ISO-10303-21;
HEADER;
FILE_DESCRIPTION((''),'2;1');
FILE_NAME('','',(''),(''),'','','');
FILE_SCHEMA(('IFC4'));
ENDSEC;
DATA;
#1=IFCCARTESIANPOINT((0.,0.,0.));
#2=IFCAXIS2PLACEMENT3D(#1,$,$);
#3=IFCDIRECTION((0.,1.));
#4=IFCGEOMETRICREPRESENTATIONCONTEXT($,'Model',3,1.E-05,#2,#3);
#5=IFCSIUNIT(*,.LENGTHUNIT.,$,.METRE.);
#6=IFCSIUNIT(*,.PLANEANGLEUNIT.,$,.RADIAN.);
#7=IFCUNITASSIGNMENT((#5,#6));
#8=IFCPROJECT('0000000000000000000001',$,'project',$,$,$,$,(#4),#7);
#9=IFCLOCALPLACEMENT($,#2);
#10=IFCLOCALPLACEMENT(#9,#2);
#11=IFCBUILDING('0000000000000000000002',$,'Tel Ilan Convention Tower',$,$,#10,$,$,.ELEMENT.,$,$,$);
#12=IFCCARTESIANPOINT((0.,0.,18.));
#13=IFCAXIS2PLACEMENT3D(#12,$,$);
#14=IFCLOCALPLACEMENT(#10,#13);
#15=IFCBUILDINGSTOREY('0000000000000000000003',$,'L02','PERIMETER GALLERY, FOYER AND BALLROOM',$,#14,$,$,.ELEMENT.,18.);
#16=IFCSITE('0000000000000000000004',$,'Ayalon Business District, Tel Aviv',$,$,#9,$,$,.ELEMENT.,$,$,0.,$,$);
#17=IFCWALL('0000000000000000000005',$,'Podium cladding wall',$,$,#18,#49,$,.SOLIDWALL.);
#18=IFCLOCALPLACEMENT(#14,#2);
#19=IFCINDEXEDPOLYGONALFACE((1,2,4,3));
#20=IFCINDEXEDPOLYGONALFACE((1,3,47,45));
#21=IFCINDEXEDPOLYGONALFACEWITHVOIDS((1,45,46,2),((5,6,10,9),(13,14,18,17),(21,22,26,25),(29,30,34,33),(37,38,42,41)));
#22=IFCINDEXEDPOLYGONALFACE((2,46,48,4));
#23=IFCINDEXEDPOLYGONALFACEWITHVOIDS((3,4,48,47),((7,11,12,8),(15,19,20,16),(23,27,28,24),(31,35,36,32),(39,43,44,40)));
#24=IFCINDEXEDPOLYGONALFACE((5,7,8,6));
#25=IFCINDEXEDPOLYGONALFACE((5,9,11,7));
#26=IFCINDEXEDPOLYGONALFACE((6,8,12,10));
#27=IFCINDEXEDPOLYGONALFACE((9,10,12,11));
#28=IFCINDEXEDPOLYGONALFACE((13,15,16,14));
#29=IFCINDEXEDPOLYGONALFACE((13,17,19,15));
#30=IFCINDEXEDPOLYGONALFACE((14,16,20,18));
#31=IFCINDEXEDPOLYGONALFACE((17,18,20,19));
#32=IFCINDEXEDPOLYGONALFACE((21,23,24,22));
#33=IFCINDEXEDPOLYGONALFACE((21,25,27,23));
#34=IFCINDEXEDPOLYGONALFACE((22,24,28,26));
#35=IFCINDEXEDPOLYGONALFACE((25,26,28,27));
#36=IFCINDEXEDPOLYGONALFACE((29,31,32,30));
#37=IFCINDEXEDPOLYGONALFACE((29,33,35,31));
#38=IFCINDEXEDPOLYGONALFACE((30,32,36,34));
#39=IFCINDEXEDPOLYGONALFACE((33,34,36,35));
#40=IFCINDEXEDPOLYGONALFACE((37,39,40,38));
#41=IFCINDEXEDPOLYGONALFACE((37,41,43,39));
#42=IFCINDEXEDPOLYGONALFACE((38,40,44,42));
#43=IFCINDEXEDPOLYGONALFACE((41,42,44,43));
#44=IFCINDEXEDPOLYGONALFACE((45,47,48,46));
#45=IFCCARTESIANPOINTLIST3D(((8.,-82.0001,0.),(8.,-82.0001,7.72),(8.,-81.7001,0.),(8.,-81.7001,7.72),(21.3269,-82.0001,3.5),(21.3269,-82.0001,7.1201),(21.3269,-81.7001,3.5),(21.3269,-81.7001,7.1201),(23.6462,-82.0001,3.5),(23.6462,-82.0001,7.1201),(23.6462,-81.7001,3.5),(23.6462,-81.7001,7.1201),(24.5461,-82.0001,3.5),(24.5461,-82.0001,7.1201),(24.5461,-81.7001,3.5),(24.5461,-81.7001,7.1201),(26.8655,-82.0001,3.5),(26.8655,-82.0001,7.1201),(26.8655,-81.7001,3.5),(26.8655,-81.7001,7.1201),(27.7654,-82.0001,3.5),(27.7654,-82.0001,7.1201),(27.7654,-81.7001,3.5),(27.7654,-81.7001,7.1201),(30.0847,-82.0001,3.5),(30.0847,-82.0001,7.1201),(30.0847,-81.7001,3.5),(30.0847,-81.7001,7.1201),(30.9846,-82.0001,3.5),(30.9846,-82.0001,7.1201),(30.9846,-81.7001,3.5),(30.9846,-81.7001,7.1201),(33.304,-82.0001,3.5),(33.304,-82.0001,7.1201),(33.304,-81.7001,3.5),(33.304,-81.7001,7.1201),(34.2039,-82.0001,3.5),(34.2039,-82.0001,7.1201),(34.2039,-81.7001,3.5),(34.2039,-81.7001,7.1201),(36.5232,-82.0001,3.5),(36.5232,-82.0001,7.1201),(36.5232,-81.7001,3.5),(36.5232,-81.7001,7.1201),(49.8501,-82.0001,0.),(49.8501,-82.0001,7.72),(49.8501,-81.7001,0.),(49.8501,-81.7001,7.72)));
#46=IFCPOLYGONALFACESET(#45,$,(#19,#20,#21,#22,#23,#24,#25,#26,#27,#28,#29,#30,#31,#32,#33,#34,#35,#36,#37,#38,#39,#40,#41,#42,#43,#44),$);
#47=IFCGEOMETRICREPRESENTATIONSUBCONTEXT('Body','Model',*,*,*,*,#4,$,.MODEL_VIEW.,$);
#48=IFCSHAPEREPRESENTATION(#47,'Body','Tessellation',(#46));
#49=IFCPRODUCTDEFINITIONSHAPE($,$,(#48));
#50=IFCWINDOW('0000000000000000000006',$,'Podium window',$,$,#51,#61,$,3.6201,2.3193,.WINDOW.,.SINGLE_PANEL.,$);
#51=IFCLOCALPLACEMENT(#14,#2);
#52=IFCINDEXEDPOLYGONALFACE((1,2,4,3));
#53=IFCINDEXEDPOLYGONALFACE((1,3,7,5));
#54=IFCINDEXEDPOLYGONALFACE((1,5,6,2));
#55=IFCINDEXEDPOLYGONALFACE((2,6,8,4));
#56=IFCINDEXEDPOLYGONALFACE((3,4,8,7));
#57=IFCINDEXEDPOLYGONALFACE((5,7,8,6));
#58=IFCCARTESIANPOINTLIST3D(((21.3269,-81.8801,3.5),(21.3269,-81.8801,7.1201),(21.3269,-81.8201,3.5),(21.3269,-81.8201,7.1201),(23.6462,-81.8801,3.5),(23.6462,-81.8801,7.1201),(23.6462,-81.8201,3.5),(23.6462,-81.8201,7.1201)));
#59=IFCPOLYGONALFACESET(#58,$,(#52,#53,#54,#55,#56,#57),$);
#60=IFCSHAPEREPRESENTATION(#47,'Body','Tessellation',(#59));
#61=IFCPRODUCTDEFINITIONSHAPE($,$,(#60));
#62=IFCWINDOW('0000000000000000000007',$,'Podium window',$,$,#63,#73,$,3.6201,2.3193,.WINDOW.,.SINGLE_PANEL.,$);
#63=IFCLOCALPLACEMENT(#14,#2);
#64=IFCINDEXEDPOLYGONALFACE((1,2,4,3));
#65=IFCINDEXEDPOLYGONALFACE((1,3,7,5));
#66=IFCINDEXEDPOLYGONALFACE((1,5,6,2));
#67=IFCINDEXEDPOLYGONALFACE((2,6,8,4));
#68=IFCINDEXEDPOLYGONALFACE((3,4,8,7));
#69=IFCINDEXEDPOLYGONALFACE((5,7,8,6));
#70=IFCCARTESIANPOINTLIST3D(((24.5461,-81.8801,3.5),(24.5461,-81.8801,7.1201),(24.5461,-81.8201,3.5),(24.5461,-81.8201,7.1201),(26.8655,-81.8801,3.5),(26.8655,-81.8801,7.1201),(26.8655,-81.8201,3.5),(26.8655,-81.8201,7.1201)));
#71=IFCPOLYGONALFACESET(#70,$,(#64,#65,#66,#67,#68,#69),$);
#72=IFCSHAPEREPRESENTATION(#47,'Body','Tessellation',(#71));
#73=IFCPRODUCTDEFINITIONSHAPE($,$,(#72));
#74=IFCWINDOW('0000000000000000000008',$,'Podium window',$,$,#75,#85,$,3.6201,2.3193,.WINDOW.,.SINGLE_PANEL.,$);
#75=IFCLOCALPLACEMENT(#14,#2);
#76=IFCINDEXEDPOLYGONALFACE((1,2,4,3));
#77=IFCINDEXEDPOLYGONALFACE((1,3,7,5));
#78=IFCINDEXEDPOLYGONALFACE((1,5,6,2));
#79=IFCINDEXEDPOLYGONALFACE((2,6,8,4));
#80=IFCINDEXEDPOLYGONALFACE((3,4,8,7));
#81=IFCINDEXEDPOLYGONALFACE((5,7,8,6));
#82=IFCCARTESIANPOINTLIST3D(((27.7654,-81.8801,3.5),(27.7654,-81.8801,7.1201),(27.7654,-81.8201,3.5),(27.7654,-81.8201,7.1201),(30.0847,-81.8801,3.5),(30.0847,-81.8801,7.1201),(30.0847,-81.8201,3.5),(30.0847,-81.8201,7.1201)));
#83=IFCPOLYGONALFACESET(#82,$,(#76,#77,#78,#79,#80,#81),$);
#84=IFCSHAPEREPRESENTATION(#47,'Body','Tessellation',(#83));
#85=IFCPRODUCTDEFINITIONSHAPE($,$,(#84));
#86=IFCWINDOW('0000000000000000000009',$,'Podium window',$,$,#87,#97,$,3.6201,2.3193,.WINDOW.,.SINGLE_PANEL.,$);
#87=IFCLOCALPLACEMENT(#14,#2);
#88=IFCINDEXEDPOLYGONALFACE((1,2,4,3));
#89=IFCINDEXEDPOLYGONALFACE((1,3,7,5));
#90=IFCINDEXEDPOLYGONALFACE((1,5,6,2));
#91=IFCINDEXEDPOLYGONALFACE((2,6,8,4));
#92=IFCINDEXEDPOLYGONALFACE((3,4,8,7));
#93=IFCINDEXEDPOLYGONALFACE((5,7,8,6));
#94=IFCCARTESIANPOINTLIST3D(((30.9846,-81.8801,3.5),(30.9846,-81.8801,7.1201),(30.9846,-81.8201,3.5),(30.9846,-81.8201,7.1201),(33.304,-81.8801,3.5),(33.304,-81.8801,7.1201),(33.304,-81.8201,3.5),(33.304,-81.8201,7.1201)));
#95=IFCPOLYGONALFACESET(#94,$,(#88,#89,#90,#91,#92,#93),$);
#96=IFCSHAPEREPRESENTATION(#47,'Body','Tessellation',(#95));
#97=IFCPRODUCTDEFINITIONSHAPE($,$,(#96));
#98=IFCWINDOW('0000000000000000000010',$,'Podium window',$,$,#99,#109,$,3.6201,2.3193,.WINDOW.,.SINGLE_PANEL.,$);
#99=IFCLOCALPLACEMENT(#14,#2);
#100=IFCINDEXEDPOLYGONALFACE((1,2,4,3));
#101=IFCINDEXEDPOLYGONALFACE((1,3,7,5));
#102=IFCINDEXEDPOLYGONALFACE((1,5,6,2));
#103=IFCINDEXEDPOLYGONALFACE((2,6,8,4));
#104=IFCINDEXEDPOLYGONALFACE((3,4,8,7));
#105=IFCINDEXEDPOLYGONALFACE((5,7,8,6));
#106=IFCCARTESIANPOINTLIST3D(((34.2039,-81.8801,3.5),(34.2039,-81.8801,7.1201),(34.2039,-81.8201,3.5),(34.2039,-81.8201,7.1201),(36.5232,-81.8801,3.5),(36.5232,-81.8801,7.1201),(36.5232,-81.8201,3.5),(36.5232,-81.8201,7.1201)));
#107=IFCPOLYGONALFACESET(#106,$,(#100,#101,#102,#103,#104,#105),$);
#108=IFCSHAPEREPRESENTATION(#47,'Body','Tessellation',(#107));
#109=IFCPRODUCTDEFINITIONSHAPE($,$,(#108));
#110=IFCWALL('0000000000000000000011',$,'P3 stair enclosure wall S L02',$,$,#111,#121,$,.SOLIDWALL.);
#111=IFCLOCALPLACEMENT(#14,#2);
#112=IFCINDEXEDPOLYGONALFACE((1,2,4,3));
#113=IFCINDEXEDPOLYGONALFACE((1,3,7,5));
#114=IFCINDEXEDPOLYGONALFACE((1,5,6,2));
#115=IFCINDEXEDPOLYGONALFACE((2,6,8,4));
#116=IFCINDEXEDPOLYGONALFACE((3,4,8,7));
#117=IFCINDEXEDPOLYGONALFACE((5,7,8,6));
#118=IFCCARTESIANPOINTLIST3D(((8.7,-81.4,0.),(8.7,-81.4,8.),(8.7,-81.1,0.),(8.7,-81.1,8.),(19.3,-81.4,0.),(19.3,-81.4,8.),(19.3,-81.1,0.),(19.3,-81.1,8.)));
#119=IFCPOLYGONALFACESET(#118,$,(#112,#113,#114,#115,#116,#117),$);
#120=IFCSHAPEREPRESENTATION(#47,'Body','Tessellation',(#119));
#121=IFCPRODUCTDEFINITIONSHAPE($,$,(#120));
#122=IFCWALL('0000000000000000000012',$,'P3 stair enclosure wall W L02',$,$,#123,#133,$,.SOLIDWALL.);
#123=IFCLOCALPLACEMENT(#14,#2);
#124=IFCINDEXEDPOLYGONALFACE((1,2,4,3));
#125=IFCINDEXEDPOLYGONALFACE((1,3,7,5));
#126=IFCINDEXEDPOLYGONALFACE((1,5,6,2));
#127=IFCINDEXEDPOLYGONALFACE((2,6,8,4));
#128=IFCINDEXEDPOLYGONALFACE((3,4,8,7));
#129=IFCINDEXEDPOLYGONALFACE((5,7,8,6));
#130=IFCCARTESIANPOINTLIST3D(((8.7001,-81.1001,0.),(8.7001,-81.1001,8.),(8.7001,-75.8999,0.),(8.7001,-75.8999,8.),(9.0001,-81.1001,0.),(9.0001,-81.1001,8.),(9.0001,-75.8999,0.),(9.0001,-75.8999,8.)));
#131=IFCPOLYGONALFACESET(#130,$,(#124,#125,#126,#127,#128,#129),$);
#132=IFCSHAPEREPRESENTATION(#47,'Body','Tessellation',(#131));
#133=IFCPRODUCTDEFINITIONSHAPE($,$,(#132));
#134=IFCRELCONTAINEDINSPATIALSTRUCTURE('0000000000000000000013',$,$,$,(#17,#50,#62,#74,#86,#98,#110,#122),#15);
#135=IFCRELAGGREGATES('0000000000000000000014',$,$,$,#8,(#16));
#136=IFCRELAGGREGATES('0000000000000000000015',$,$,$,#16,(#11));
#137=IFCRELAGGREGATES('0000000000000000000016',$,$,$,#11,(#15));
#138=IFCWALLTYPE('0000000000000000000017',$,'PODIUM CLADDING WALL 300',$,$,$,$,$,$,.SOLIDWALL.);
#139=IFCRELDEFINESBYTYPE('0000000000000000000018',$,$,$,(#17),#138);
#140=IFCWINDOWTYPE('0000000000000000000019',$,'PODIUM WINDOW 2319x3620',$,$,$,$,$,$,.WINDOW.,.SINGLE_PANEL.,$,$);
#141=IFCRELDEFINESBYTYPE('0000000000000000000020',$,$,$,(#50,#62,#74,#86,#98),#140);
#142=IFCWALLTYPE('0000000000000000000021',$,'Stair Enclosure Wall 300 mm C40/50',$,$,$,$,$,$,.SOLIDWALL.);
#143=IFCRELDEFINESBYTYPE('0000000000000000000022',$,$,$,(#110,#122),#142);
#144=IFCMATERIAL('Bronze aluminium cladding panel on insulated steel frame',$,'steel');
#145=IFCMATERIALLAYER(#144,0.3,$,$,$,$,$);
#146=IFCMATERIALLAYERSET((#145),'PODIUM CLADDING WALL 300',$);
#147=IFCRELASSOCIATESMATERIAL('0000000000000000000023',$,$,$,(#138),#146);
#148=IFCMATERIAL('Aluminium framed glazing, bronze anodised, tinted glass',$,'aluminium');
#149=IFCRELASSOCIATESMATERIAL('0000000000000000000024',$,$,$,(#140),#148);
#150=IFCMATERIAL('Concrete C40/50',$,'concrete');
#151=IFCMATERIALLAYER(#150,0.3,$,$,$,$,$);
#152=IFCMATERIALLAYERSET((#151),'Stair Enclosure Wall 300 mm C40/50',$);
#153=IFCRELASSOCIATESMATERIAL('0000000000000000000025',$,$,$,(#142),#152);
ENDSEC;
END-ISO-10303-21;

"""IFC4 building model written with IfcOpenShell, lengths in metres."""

from ifc_helpers import new_model, si_unit, direction, frame, frame_2d, origin, place, context, subcontext, project, spatial, rectangle, extrude, material, layer, layer_set, type_object, element, fill, save


model = new_model("IFC4")

# Units and contexts
model_context = context("Model", 3, precision=1e-05, world=origin(), true_north=direction((0.0, 1.0)))
body_context = subcontext(model_context, "Body", "Model", "MODEL_VIEW")
ifc_project = project(units=[si_unit("LENGTHUNIT", "METRE"), si_unit("PLANEANGLEUNIT", "RADIAN")], contexts=[model_context])

# Site, building, storey
site_placement = place(None, origin())
site = spatial("IfcSite", under=ifc_project, at=site_placement, Name="Ayalon Business District, Tel Aviv", CompositionType="ELEMENT", RefElevation=0.0)
building_placement = place(site_placement, origin())
building = spatial("IfcBuilding", under=site, at=building_placement, Name="Tel Ilan Convention Tower", CompositionType="ELEMENT")
storey_placement = place(building_placement, frame((0.0, 0.0, 18.0)))
storey = spatial("IfcBuildingStorey", under=building, at=storey_placement, Name="L02", Description="PERIMETER GALLERY, FOYER AND BALLROOM", CompositionType="ELEMENT", Elevation=18.0)

# Wall, openings, windows
ifc_material_1 = material(Name="Bronze aluminium cladding panel on insulated steel frame", Category="steel")
ifc_layer_1 = layer(ifc_material_1, 0.3)
ifc_layer_set_1 = layer_set([ifc_layer_1], Name="PODIUM CLADDING WALL 300")
wall_type_1 = type_object("IfcWallType", Name="PODIUM CLADDING WALL 300", PredefinedType="SOLIDWALL", material=ifc_layer_set_1)
wall_1_placement = place(storey_placement, frame((8.0, -81.8501, 0.0), z_axis=(0.0, 0.0, 1.0), x_axis=(1.0, 0.0, 0.0)))
wall_1 = element("IfcWall", 1, at=wall_1_placement, inside=storey, type_object=wall_type_1, Name="Podium cladding wall", PredefinedType="SOLIDWALL", context=body_context, shape_type="SweptSolid", body=[
    extrude(rectangle(XDim=41.8501, YDim=0.3, at=frame_2d((20.925, 0.0))), origin(), (0.0, 0.0, 1.0), 7.72),
])
opening_1_placement = place(wall_1_placement, frame((13.3269, 0.0, 3.5)))
opening_1 = element("IfcOpeningElement", 2, at=opening_1_placement, cuts=wall_1, PredefinedType="OPENING", context=body_context, shape_type="SweptSolid", body=[
    extrude(rectangle(XDim=2.3193, YDim=3.6201, at=frame_2d((1.1597, 1.8101))), frame((0.0, 0.1599, 0.0), z_axis=(0.0, -1.0, 0.0), x_axis=(1.0, 0.0, 0.0)), (0.0, 0.0, 1.0), 0.3201),
])
opening_2_placement = place(wall_1_placement, frame((16.5461, 0.0, 3.5)))
opening_2 = element("IfcOpeningElement", 3, at=opening_2_placement, cuts=wall_1, PredefinedType="OPENING", context=body_context, shape_type="SweptSolid", body=[
    extrude(rectangle(XDim=2.3193, YDim=3.6201, at=frame_2d((1.1597, 1.8101))), frame((0.0, 0.1599, 0.0), z_axis=(0.0, -1.0, 0.0), x_axis=(1.0, 0.0, 0.0)), (0.0, 0.0, 1.0), 0.3201),
])
opening_3_placement = place(wall_1_placement, frame((19.7654, 0.0, 3.5)))
opening_3 = element("IfcOpeningElement", 4, at=opening_3_placement, cuts=wall_1, PredefinedType="OPENING", context=body_context, shape_type="SweptSolid", body=[
    extrude(rectangle(XDim=2.3193, YDim=3.6201, at=frame_2d((1.1597, 1.8101))), frame((0.0, 0.1599, 0.0), z_axis=(0.0, -1.0, 0.0), x_axis=(1.0, 0.0, 0.0)), (0.0, 0.0, 1.0), 0.3201),
])
opening_4_placement = place(wall_1_placement, frame((22.9846, 0.0, 3.5)))
opening_4 = element("IfcOpeningElement", 5, at=opening_4_placement, cuts=wall_1, PredefinedType="OPENING", context=body_context, shape_type="SweptSolid", body=[
    extrude(rectangle(XDim=2.3193, YDim=3.6201, at=frame_2d((1.1597, 1.8101))), frame((0.0, 0.1599, 0.0), z_axis=(0.0, -1.0, 0.0), x_axis=(1.0, 0.0, 0.0)), (0.0, 0.0, 1.0), 0.3201),
])
opening_5_placement = place(wall_1_placement, frame((26.2039, 0.0, 3.5)))
opening_5 = element("IfcOpeningElement", 6, at=opening_5_placement, cuts=wall_1, PredefinedType="OPENING", context=body_context, shape_type="SweptSolid", body=[
    extrude(rectangle(XDim=2.3193, YDim=3.6201, at=frame_2d((1.1597, 1.8101))), frame((0.0, 0.1599, 0.0), z_axis=(0.0, -1.0, 0.0), x_axis=(1.0, 0.0, 0.0)), (0.0, 0.0, 1.0), 0.3201),
])
ifc_material_2 = material(Name="Aluminium framed glazing, bronze anodised, tinted glass", Category="aluminium")
window_type = type_object("IfcWindowType", Name="PODIUM WINDOW 2319x3620", PartitioningType="SINGLE_PANEL", PredefinedType="WINDOW", material=ifc_material_2)
window_1_placement = place(opening_1_placement, origin())
window_1 = element("IfcWindow", 7, at=window_1_placement, inside=storey, type_object=window_type, Name="Podium window", OverallHeight=3.6201, OverallWidth=2.3193, PartitioningType="SINGLE_PANEL", PredefinedType="WINDOW", context=body_context, shape_type="SweptSolid", body=[
    extrude(rectangle(XDim=2.3193, YDim=3.6201, at=frame_2d((1.1597, 1.8101))), frame((0.0, 0.03, 0.0), z_axis=(0.0, -1.0, 0.0), x_axis=(1.0, 0.0, 0.0)), (0.0, 0.0, 1.0), 0.0601),
])
fill(opening_1, window_1)
window_2_placement = place(opening_2_placement, origin())
window_2 = element("IfcWindow", 8, at=window_2_placement, inside=storey, type_object=window_type, Name="Podium window", OverallHeight=3.6201, OverallWidth=2.3193, PartitioningType="SINGLE_PANEL", PredefinedType="WINDOW", context=body_context, shape_type="SweptSolid", body=[
    extrude(rectangle(XDim=2.3193, YDim=3.6201, at=frame_2d((1.1597, 1.8101))), frame((0.0, 0.03, 0.0), z_axis=(0.0, -1.0, 0.0), x_axis=(1.0, 0.0, 0.0)), (0.0, 0.0, 1.0), 0.0601),
])
fill(opening_2, window_2)
window_3_placement = place(opening_3_placement, origin())
window_3 = element("IfcWindow", 9, at=window_3_placement, inside=storey, type_object=window_type, Name="Podium window", OverallHeight=3.6201, OverallWidth=2.3193, PartitioningType="SINGLE_PANEL", PredefinedType="WINDOW", context=body_context, shape_type="SweptSolid", body=[
    extrude(rectangle(XDim=2.3193, YDim=3.6201, at=frame_2d((1.1597, 1.8101))), frame((0.0, 0.03, 0.0), z_axis=(0.0, -1.0, 0.0), x_axis=(1.0, 0.0, 0.0)), (0.0, 0.0, 1.0), 0.0601),
])
fill(opening_3, window_3)
window_4_placement = place(opening_4_placement, origin())
window_4 = element("IfcWindow", 10, at=window_4_placement, inside=storey, type_object=window_type, Name="Podium window", OverallHeight=3.6201, OverallWidth=2.3193, PartitioningType="SINGLE_PANEL", PredefinedType="WINDOW", context=body_context, shape_type="SweptSolid", body=[
    extrude(rectangle(XDim=2.3193, YDim=3.6201, at=frame_2d((1.1597, 1.8101))), frame((0.0, 0.03, 0.0), z_axis=(0.0, -1.0, 0.0), x_axis=(1.0, 0.0, 0.0)), (0.0, 0.0, 1.0), 0.0601),
])
fill(opening_4, window_4)
window_5_placement = place(opening_5_placement, origin())
window_5 = element("IfcWindow", 11, at=window_5_placement, inside=storey, type_object=window_type, Name="Podium window", OverallHeight=3.6201, OverallWidth=2.3193, PartitioningType="SINGLE_PANEL", PredefinedType="WINDOW", context=body_context, shape_type="SweptSolid", body=[
    extrude(rectangle(XDim=2.3193, YDim=3.6201, at=frame_2d((1.1597, 1.8101))), frame((0.0, 0.03, 0.0), z_axis=(0.0, -1.0, 0.0), x_axis=(1.0, 0.0, 0.0)), (0.0, 0.0, 1.0), 0.0601),
])
fill(opening_5, window_5)

# Walls
ifc_material_3 = material(Name="Concrete C40/50", Category="concrete")
ifc_layer_2 = layer(ifc_material_3, 0.3)
ifc_layer_set_2 = layer_set([ifc_layer_2], Name="Stair Enclosure Wall 300 mm C40/50")
wall_type_2 = type_object("IfcWallType", Name="Stair Enclosure Wall 300 mm C40/50", PredefinedType="SOLIDWALL", material=ifc_layer_set_2)
wall_2_placement = place(storey_placement, frame((8.7, -81.25, 0.0), z_axis=(0.0, 0.0, 1.0), x_axis=(1.0, 0.0, 0.0)))
element("IfcWall", 12, at=wall_2_placement, inside=storey, type_object=wall_type_2, Name="P3 stair enclosure wall S L02", PredefinedType="SOLIDWALL", context=body_context, shape_type="SweptSolid", body=[
    extrude(rectangle(XDim=10.6001, YDim=0.3, at=frame_2d((5.3, 0.0))), origin(), (0.0, 0.0, 1.0), 8.0),
])
wall_3_placement = place(storey_placement, frame((8.8501, -81.1001, 0.0), z_axis=(0.0, 0.0, 1.0), x_axis=(0.0, 1.0, 0.0)))
element("IfcWall", 13, at=wall_3_placement, inside=storey, type_object=wall_type_2, Name="P3 stair enclosure wall W L02", PredefinedType="SOLIDWALL", context=body_context, shape_type="SweptSolid", body=[
    extrude(rectangle(XDim=5.2002, YDim=0.3, at=frame_2d((2.6001, 0.0))), origin(), (0.0, 0.0, 1.0), 8.0),
])

save(model, "model.ifc")
